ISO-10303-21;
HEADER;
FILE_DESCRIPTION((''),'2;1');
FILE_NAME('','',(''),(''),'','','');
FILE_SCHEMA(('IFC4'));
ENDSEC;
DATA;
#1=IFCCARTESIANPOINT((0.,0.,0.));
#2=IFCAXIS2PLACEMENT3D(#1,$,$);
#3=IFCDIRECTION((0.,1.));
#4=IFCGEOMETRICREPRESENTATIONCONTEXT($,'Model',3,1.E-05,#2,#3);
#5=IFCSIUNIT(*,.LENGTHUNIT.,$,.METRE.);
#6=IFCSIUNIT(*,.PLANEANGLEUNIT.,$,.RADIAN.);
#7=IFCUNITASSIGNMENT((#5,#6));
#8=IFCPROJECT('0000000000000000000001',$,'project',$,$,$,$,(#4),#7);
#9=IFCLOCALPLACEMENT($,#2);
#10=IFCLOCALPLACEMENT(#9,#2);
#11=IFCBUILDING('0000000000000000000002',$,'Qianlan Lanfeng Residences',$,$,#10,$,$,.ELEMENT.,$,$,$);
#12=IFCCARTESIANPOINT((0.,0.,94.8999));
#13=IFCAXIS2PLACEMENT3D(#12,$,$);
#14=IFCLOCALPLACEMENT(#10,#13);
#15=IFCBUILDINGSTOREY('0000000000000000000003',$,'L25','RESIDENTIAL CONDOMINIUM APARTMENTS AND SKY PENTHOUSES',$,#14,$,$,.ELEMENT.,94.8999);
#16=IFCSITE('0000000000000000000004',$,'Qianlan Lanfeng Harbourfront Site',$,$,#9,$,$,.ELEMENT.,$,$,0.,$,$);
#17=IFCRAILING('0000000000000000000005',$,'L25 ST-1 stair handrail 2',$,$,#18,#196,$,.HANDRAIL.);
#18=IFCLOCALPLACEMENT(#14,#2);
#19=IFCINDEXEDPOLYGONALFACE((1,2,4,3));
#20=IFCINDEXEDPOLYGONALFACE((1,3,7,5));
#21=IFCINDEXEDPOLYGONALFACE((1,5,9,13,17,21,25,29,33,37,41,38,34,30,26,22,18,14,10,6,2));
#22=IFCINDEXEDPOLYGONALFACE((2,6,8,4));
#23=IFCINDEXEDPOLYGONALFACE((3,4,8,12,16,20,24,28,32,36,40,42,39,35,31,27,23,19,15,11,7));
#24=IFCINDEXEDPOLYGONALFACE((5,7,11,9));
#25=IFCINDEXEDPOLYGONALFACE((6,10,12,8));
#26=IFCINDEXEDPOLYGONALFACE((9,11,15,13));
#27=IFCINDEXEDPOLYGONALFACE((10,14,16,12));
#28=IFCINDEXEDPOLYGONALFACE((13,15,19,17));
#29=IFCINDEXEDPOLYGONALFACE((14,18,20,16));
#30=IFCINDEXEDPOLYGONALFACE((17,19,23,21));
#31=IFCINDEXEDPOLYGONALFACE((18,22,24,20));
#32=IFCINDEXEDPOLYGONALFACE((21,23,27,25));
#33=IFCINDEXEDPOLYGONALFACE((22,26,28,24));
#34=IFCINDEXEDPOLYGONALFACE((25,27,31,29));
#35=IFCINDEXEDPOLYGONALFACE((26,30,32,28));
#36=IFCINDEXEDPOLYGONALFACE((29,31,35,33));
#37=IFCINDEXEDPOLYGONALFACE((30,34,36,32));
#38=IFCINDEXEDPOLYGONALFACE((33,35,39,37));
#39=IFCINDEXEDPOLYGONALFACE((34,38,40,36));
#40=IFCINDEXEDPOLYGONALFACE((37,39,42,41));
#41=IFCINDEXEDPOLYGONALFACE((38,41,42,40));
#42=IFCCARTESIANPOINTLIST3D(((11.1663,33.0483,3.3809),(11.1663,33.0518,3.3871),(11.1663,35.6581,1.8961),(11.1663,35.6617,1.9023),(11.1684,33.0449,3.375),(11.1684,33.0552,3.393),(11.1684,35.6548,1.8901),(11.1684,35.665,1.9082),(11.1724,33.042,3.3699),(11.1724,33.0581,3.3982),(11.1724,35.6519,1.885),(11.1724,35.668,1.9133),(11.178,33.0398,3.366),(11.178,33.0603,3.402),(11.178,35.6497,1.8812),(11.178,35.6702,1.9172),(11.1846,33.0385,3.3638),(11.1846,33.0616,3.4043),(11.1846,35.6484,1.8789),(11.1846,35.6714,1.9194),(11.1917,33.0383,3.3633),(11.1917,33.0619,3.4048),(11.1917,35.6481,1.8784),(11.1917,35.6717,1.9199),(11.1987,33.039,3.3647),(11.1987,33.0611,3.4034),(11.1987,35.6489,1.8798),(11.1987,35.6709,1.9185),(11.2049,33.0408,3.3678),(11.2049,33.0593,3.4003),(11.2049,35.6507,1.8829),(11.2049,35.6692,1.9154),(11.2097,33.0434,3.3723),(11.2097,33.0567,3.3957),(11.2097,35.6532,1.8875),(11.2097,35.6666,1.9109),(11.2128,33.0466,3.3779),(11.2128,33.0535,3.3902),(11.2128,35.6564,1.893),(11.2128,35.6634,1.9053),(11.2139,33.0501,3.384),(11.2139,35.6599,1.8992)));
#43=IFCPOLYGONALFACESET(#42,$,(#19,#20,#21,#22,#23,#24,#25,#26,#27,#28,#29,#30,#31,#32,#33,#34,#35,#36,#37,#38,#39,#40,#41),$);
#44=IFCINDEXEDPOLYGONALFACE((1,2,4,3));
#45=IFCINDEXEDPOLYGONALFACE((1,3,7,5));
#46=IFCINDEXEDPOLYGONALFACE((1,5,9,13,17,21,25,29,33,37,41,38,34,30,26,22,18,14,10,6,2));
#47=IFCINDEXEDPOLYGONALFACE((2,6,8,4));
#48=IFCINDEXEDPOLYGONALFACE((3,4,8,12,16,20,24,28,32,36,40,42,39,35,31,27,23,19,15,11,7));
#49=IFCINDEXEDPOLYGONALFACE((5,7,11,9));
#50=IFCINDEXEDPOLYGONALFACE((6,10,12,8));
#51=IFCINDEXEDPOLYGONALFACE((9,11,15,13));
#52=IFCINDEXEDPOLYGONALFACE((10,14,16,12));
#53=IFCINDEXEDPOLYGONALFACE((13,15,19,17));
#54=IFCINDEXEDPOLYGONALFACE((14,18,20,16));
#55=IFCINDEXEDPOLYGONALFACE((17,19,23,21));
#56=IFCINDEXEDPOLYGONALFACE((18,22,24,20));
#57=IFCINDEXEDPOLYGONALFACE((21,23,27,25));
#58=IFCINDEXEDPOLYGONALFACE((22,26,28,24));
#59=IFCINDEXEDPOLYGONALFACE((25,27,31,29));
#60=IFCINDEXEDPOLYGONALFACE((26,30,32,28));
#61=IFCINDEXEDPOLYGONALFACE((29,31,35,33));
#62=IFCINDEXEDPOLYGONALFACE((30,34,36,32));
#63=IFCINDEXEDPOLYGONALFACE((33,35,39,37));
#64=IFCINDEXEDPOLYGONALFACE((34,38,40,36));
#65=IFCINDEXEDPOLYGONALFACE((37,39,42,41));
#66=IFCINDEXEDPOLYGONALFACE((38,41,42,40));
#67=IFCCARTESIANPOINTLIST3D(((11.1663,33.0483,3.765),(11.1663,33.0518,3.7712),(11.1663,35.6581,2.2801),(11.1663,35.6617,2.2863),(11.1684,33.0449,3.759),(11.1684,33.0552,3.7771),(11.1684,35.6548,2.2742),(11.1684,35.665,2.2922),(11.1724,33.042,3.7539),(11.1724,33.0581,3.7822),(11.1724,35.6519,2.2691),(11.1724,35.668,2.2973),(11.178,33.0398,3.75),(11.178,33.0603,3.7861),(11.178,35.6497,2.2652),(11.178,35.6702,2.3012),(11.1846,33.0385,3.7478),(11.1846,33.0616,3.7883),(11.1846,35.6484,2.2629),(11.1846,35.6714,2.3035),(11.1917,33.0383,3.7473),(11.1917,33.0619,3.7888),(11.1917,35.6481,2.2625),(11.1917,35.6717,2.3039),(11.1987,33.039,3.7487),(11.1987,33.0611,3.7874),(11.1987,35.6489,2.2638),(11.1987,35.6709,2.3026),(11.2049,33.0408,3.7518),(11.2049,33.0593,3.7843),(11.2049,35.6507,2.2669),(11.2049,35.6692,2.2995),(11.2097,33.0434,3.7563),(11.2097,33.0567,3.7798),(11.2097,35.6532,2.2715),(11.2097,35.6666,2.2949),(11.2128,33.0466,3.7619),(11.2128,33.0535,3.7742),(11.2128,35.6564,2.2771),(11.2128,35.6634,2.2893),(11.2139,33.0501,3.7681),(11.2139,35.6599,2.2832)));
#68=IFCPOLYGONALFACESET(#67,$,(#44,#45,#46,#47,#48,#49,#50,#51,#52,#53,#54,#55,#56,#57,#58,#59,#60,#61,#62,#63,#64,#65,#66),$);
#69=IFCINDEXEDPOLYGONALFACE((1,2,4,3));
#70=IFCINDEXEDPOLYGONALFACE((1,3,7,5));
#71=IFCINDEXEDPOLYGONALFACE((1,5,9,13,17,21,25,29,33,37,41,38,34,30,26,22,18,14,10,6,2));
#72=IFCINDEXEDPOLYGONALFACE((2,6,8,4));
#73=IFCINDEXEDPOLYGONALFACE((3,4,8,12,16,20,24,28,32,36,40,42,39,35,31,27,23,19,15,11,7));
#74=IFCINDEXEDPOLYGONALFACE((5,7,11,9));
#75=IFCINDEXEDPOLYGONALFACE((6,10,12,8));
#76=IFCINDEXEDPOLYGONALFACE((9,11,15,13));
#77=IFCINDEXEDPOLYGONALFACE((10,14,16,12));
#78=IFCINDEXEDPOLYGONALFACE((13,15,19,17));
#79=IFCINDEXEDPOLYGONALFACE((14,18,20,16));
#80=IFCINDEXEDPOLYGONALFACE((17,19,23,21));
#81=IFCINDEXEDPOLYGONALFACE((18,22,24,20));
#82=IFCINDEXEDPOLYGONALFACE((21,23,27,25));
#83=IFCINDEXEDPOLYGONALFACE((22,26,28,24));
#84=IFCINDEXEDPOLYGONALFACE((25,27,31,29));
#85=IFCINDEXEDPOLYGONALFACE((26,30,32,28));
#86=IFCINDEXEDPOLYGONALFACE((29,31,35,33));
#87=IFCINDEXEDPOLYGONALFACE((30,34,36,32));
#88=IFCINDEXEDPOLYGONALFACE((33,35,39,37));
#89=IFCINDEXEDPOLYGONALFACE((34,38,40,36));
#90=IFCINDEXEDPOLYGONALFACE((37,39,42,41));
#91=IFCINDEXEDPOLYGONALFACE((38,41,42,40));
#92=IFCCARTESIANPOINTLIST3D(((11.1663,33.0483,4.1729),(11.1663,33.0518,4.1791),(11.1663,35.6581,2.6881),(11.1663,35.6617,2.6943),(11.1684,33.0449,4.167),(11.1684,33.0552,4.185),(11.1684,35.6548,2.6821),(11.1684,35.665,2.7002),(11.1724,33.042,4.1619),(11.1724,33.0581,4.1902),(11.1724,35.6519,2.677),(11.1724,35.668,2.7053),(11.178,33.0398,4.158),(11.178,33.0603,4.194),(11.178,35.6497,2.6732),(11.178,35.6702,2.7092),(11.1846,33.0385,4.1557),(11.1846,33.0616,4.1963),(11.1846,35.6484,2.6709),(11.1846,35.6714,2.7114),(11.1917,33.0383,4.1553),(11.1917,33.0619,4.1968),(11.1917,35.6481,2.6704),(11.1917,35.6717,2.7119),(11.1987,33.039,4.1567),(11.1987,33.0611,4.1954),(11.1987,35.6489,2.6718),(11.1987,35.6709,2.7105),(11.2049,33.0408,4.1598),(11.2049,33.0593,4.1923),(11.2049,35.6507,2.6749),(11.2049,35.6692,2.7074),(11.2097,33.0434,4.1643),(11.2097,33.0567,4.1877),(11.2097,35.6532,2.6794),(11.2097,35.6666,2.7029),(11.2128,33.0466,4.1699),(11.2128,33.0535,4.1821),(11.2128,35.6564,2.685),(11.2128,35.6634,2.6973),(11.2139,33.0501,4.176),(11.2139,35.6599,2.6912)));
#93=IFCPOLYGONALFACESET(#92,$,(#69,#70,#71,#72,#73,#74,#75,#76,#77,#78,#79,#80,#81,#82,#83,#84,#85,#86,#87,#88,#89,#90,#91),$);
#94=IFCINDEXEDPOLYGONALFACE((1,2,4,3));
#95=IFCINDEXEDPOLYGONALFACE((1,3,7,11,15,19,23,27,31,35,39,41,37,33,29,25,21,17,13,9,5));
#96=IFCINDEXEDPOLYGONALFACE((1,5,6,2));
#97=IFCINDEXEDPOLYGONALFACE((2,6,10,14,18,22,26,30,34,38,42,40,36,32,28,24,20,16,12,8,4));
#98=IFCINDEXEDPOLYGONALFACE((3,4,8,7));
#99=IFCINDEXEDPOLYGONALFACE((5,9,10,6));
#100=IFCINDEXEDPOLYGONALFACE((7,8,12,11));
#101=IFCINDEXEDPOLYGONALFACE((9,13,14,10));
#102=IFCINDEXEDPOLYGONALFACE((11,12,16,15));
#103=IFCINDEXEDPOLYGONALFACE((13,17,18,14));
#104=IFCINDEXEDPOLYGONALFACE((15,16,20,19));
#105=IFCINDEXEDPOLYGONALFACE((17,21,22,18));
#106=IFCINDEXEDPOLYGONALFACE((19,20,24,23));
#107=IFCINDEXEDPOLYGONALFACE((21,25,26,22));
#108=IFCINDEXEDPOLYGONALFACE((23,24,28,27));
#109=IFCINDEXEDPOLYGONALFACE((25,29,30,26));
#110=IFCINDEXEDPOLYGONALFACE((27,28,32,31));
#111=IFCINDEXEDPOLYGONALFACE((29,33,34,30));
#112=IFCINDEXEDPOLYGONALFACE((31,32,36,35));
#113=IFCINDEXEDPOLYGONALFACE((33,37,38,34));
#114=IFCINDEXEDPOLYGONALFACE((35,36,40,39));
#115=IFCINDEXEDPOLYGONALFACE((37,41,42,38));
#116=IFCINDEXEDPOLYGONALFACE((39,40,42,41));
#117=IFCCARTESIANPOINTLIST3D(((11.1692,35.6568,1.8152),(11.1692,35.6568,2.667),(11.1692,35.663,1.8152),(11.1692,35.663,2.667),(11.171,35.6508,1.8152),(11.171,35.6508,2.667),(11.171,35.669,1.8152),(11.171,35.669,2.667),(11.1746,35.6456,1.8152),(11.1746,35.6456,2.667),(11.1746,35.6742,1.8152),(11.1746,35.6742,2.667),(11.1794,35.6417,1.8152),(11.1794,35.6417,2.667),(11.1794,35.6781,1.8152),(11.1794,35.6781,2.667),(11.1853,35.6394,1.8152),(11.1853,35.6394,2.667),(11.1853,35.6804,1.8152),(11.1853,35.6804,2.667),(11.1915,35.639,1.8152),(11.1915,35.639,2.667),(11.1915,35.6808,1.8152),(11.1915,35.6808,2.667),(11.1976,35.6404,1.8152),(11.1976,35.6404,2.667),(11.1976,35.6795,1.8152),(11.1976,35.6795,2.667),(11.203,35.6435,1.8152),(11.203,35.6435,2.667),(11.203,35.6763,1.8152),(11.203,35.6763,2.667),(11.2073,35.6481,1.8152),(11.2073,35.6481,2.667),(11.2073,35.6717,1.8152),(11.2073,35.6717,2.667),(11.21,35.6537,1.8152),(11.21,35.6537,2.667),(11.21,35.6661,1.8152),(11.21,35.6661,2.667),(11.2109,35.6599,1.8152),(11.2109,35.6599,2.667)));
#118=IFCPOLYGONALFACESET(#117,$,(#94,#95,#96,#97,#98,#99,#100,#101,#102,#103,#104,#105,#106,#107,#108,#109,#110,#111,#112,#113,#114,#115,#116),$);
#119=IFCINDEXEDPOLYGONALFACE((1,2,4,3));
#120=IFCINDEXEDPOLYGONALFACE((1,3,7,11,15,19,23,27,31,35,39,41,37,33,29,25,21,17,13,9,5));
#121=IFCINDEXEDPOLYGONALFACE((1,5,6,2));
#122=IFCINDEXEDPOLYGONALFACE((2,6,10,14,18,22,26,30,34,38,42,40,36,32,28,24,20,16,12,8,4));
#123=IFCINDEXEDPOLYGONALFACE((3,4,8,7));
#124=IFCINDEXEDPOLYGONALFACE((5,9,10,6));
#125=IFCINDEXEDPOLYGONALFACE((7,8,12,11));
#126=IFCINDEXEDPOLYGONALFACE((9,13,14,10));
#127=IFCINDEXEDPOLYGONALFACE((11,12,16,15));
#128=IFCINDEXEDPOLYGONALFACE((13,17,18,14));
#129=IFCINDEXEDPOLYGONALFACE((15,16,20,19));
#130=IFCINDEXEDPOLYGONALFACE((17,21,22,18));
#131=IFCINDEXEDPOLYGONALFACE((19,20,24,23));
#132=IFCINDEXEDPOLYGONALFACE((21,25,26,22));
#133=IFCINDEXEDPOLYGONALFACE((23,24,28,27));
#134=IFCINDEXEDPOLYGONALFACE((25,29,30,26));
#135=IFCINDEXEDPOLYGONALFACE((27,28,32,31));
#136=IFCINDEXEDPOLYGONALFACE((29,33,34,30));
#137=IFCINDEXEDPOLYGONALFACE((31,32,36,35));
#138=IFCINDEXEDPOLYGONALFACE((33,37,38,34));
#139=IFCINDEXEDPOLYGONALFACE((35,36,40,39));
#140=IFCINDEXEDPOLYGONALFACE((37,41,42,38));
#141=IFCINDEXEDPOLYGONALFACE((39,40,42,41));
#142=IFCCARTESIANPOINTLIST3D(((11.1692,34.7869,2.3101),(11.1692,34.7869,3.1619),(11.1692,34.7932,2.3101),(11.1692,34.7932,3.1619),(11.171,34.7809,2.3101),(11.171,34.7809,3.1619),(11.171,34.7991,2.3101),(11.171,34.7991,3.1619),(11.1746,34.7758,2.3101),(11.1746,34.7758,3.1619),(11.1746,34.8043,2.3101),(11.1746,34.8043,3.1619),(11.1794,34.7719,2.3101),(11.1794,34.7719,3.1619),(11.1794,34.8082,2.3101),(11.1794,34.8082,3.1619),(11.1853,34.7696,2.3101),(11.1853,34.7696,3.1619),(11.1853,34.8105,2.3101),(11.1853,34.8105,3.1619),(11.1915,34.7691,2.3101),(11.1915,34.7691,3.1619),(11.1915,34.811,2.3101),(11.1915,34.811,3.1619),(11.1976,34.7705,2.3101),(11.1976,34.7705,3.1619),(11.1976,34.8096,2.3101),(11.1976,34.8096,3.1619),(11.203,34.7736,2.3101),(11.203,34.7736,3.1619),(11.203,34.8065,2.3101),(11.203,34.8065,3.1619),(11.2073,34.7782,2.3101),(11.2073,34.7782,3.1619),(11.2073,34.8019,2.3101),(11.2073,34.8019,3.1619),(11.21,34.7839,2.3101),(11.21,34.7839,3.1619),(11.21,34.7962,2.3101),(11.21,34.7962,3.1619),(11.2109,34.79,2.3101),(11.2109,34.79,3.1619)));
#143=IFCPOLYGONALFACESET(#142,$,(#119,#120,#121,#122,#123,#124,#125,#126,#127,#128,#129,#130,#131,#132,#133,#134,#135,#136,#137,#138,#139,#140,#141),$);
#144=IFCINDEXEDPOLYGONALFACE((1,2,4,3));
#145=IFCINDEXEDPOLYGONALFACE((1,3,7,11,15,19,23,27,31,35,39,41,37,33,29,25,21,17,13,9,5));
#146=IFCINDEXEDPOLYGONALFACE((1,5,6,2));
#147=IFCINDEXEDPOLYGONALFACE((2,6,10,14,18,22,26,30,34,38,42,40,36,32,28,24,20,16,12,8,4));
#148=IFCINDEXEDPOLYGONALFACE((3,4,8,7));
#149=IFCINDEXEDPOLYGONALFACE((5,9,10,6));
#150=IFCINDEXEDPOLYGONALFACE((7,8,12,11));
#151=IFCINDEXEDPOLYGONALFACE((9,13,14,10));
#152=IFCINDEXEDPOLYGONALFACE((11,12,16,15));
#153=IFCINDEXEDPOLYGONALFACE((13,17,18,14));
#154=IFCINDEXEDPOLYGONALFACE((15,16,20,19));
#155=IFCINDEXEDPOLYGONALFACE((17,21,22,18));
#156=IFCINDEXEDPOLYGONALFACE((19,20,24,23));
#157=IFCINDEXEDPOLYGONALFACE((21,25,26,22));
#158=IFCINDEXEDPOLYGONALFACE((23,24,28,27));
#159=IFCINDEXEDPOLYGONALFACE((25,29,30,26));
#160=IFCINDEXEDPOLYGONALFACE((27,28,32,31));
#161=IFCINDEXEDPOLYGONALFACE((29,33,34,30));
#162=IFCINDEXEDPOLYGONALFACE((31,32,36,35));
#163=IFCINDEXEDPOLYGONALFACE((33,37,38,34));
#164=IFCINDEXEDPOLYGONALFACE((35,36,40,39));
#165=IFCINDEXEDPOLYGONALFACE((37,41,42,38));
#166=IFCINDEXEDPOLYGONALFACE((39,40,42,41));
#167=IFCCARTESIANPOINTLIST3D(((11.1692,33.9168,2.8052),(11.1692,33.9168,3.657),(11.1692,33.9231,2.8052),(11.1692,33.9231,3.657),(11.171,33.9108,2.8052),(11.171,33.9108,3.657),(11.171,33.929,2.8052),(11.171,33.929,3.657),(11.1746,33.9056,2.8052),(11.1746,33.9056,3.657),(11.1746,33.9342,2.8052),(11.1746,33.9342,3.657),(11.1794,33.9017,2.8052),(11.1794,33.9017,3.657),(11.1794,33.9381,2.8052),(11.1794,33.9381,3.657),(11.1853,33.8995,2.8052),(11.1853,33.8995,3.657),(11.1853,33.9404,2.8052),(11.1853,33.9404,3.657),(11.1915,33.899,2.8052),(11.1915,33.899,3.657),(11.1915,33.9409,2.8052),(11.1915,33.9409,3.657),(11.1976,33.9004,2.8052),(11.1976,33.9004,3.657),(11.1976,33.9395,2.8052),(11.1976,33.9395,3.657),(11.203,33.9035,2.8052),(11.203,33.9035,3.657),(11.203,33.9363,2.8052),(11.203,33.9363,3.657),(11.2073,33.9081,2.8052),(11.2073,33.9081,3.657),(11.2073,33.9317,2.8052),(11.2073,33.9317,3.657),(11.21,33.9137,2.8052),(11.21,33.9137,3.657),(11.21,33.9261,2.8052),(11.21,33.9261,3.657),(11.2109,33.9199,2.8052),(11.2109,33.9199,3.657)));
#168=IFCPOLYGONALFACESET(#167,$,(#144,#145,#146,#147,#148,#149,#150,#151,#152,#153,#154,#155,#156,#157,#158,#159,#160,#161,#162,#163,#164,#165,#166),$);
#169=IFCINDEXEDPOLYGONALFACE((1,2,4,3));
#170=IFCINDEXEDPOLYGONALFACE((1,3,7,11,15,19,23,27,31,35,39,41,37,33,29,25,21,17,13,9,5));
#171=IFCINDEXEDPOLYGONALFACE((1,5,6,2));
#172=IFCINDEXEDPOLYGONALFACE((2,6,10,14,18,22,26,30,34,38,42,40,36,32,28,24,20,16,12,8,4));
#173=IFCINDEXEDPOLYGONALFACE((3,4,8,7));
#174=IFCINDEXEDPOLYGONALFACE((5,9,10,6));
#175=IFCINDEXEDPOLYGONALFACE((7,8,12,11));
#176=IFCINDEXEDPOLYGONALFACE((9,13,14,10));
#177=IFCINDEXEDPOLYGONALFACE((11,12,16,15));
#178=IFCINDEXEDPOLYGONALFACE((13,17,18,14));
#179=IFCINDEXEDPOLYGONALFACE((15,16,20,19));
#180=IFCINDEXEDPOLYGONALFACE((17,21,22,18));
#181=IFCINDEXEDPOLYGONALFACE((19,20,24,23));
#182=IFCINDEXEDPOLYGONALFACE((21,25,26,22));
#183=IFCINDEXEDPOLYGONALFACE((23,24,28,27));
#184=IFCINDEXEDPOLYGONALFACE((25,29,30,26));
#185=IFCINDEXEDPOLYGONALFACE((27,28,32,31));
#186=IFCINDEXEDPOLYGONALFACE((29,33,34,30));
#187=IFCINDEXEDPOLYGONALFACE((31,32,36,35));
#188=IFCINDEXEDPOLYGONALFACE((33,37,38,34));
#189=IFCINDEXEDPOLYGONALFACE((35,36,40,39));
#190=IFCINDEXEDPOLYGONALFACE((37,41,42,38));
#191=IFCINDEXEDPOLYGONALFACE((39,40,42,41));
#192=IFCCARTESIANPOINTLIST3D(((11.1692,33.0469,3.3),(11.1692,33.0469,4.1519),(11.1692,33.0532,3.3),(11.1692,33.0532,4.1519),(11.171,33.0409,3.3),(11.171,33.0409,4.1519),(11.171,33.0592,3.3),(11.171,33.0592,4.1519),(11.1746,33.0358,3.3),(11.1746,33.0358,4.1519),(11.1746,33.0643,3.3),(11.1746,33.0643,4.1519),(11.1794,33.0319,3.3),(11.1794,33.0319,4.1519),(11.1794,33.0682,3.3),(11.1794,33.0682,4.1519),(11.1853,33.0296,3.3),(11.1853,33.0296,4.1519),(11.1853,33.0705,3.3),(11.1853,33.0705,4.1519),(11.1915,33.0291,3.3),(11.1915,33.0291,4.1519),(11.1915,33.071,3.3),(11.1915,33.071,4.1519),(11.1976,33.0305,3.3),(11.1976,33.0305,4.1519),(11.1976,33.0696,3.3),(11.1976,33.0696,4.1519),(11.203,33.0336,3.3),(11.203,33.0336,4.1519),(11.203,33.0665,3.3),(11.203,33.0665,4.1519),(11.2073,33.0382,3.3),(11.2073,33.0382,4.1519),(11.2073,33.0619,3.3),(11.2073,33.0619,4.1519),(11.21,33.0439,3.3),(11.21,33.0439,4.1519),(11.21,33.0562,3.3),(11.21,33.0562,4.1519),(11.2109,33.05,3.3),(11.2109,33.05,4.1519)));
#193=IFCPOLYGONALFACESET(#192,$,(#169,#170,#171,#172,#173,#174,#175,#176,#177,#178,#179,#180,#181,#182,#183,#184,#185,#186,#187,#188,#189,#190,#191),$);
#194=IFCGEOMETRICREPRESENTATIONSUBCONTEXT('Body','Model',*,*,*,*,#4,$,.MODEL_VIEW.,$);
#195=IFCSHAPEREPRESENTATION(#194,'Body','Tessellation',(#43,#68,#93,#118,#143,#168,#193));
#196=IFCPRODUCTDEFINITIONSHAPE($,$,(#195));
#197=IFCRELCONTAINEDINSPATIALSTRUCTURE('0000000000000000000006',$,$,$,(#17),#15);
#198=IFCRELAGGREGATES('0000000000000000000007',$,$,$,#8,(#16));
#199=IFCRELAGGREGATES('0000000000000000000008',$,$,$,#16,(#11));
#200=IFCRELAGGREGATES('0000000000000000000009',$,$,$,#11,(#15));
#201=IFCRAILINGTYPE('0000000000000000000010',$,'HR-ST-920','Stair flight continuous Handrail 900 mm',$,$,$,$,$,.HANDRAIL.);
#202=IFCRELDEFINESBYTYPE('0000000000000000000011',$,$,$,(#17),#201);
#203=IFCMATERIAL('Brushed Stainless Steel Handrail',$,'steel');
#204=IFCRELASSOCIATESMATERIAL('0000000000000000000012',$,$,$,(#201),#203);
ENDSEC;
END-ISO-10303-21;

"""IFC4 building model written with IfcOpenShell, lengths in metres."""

from ifc_helpers import new_model, si_unit, direction, frame, origin, origin_2d, place, context, subcontext, project, spatial, circle, extrude, material, type_object, element, save


model = new_model("IFC4")

# Units and contexts
model_context = context("Model", 3, precision=1e-05, world=origin(), true_north=direction((0.0, 1.0)))
body_context = subcontext(model_context, "Body", "Model", "MODEL_VIEW")
ifc_project = project(units=[si_unit("LENGTHUNIT", "METRE"), si_unit("PLANEANGLEUNIT", "RADIAN")], contexts=[model_context])

# Site, building, storey
site_placement = place(None, origin())
site = spatial("IfcSite", under=ifc_project, at=site_placement, Name="Qianlan Lanfeng Harbourfront Site", CompositionType="ELEMENT", RefElevation=0.0)
building_placement = place(site_placement, origin())
building = spatial("IfcBuilding", under=site, at=building_placement, Name="Qianlan Lanfeng Residences", CompositionType="ELEMENT")
storey_placement = place(building_placement, frame((0.0, 0.0, 94.8999)))
storey = spatial("IfcBuildingStorey", under=building, at=storey_placement, Name="L25", Description="RESIDENTIAL CONDOMINIUM APARTMENTS AND SKY PENTHOUSES", CompositionType="ELEMENT", Elevation=94.8999)

# Railing
ifc_material_1 = material(Name="Brushed Stainless Steel Handrail", Category="steel")
railing_type_1 = type_object("IfcRailingType", Name="HR-ST-920", Description="Stair flight continuous Handrail 900 mm", PredefinedType="HANDRAIL", material=ifc_material_1)
railing_1_placement = place(storey_placement, frame((11.1899, 35.6599, 1.8152)))
element("IfcRailing", 1, at=railing_1_placement, inside=storey, type_object=railing_type_1, Name="L25 ST-1 stair handrail 2", PredefinedType="HANDRAIL", context=body_context, shape_type="SweptSolid", body=[
    extrude(circle(Radius=0.0239, at=origin_2d()), frame((0.0, 0.0, 0.084), z_axis=(0.0, -0.869172, 0.494509), x_axis=(1.0, 0.0, 0.0)), (0.0, 0.0, 1.0), 3.0027),
    extrude(circle(Radius=0.0239, at=origin_2d()), frame((0.0, 0.0, 0.468), z_axis=(0.0, -0.869172, 0.494509), x_axis=(1.0, 0.0, 0.0)), (0.0, 0.0, 1.0), 3.0027),
    extrude(circle(Radius=0.0239, at=origin_2d()), frame((0.0, 0.0, 0.876), z_axis=(0.0, -0.869172, 0.494509), x_axis=(1.0, 0.0, 0.0)), (0.0, 0.0, 1.0), 3.0027),
    extrude(circle(Radius=0.021, at=origin_2d()), origin(), (0.0, 0.0, 1.0), 0.8518),
    extrude(circle(Radius=0.021, at=origin_2d()), frame((0.0, -0.8699, 0.4949)), (0.0, 0.0, 1.0), 0.8518),
    extrude(circle(Radius=0.021, at=origin_2d()), frame((0.0, -1.74, 0.99)), (0.0, 0.0, 1.0), 0.8518),
    extrude(circle(Radius=0.021, at=origin_2d()), frame((0.0, -2.6099, 1.4849)), (0.0, 0.0, 1.0), 0.8518),
])

save(model, "model.ifc")
